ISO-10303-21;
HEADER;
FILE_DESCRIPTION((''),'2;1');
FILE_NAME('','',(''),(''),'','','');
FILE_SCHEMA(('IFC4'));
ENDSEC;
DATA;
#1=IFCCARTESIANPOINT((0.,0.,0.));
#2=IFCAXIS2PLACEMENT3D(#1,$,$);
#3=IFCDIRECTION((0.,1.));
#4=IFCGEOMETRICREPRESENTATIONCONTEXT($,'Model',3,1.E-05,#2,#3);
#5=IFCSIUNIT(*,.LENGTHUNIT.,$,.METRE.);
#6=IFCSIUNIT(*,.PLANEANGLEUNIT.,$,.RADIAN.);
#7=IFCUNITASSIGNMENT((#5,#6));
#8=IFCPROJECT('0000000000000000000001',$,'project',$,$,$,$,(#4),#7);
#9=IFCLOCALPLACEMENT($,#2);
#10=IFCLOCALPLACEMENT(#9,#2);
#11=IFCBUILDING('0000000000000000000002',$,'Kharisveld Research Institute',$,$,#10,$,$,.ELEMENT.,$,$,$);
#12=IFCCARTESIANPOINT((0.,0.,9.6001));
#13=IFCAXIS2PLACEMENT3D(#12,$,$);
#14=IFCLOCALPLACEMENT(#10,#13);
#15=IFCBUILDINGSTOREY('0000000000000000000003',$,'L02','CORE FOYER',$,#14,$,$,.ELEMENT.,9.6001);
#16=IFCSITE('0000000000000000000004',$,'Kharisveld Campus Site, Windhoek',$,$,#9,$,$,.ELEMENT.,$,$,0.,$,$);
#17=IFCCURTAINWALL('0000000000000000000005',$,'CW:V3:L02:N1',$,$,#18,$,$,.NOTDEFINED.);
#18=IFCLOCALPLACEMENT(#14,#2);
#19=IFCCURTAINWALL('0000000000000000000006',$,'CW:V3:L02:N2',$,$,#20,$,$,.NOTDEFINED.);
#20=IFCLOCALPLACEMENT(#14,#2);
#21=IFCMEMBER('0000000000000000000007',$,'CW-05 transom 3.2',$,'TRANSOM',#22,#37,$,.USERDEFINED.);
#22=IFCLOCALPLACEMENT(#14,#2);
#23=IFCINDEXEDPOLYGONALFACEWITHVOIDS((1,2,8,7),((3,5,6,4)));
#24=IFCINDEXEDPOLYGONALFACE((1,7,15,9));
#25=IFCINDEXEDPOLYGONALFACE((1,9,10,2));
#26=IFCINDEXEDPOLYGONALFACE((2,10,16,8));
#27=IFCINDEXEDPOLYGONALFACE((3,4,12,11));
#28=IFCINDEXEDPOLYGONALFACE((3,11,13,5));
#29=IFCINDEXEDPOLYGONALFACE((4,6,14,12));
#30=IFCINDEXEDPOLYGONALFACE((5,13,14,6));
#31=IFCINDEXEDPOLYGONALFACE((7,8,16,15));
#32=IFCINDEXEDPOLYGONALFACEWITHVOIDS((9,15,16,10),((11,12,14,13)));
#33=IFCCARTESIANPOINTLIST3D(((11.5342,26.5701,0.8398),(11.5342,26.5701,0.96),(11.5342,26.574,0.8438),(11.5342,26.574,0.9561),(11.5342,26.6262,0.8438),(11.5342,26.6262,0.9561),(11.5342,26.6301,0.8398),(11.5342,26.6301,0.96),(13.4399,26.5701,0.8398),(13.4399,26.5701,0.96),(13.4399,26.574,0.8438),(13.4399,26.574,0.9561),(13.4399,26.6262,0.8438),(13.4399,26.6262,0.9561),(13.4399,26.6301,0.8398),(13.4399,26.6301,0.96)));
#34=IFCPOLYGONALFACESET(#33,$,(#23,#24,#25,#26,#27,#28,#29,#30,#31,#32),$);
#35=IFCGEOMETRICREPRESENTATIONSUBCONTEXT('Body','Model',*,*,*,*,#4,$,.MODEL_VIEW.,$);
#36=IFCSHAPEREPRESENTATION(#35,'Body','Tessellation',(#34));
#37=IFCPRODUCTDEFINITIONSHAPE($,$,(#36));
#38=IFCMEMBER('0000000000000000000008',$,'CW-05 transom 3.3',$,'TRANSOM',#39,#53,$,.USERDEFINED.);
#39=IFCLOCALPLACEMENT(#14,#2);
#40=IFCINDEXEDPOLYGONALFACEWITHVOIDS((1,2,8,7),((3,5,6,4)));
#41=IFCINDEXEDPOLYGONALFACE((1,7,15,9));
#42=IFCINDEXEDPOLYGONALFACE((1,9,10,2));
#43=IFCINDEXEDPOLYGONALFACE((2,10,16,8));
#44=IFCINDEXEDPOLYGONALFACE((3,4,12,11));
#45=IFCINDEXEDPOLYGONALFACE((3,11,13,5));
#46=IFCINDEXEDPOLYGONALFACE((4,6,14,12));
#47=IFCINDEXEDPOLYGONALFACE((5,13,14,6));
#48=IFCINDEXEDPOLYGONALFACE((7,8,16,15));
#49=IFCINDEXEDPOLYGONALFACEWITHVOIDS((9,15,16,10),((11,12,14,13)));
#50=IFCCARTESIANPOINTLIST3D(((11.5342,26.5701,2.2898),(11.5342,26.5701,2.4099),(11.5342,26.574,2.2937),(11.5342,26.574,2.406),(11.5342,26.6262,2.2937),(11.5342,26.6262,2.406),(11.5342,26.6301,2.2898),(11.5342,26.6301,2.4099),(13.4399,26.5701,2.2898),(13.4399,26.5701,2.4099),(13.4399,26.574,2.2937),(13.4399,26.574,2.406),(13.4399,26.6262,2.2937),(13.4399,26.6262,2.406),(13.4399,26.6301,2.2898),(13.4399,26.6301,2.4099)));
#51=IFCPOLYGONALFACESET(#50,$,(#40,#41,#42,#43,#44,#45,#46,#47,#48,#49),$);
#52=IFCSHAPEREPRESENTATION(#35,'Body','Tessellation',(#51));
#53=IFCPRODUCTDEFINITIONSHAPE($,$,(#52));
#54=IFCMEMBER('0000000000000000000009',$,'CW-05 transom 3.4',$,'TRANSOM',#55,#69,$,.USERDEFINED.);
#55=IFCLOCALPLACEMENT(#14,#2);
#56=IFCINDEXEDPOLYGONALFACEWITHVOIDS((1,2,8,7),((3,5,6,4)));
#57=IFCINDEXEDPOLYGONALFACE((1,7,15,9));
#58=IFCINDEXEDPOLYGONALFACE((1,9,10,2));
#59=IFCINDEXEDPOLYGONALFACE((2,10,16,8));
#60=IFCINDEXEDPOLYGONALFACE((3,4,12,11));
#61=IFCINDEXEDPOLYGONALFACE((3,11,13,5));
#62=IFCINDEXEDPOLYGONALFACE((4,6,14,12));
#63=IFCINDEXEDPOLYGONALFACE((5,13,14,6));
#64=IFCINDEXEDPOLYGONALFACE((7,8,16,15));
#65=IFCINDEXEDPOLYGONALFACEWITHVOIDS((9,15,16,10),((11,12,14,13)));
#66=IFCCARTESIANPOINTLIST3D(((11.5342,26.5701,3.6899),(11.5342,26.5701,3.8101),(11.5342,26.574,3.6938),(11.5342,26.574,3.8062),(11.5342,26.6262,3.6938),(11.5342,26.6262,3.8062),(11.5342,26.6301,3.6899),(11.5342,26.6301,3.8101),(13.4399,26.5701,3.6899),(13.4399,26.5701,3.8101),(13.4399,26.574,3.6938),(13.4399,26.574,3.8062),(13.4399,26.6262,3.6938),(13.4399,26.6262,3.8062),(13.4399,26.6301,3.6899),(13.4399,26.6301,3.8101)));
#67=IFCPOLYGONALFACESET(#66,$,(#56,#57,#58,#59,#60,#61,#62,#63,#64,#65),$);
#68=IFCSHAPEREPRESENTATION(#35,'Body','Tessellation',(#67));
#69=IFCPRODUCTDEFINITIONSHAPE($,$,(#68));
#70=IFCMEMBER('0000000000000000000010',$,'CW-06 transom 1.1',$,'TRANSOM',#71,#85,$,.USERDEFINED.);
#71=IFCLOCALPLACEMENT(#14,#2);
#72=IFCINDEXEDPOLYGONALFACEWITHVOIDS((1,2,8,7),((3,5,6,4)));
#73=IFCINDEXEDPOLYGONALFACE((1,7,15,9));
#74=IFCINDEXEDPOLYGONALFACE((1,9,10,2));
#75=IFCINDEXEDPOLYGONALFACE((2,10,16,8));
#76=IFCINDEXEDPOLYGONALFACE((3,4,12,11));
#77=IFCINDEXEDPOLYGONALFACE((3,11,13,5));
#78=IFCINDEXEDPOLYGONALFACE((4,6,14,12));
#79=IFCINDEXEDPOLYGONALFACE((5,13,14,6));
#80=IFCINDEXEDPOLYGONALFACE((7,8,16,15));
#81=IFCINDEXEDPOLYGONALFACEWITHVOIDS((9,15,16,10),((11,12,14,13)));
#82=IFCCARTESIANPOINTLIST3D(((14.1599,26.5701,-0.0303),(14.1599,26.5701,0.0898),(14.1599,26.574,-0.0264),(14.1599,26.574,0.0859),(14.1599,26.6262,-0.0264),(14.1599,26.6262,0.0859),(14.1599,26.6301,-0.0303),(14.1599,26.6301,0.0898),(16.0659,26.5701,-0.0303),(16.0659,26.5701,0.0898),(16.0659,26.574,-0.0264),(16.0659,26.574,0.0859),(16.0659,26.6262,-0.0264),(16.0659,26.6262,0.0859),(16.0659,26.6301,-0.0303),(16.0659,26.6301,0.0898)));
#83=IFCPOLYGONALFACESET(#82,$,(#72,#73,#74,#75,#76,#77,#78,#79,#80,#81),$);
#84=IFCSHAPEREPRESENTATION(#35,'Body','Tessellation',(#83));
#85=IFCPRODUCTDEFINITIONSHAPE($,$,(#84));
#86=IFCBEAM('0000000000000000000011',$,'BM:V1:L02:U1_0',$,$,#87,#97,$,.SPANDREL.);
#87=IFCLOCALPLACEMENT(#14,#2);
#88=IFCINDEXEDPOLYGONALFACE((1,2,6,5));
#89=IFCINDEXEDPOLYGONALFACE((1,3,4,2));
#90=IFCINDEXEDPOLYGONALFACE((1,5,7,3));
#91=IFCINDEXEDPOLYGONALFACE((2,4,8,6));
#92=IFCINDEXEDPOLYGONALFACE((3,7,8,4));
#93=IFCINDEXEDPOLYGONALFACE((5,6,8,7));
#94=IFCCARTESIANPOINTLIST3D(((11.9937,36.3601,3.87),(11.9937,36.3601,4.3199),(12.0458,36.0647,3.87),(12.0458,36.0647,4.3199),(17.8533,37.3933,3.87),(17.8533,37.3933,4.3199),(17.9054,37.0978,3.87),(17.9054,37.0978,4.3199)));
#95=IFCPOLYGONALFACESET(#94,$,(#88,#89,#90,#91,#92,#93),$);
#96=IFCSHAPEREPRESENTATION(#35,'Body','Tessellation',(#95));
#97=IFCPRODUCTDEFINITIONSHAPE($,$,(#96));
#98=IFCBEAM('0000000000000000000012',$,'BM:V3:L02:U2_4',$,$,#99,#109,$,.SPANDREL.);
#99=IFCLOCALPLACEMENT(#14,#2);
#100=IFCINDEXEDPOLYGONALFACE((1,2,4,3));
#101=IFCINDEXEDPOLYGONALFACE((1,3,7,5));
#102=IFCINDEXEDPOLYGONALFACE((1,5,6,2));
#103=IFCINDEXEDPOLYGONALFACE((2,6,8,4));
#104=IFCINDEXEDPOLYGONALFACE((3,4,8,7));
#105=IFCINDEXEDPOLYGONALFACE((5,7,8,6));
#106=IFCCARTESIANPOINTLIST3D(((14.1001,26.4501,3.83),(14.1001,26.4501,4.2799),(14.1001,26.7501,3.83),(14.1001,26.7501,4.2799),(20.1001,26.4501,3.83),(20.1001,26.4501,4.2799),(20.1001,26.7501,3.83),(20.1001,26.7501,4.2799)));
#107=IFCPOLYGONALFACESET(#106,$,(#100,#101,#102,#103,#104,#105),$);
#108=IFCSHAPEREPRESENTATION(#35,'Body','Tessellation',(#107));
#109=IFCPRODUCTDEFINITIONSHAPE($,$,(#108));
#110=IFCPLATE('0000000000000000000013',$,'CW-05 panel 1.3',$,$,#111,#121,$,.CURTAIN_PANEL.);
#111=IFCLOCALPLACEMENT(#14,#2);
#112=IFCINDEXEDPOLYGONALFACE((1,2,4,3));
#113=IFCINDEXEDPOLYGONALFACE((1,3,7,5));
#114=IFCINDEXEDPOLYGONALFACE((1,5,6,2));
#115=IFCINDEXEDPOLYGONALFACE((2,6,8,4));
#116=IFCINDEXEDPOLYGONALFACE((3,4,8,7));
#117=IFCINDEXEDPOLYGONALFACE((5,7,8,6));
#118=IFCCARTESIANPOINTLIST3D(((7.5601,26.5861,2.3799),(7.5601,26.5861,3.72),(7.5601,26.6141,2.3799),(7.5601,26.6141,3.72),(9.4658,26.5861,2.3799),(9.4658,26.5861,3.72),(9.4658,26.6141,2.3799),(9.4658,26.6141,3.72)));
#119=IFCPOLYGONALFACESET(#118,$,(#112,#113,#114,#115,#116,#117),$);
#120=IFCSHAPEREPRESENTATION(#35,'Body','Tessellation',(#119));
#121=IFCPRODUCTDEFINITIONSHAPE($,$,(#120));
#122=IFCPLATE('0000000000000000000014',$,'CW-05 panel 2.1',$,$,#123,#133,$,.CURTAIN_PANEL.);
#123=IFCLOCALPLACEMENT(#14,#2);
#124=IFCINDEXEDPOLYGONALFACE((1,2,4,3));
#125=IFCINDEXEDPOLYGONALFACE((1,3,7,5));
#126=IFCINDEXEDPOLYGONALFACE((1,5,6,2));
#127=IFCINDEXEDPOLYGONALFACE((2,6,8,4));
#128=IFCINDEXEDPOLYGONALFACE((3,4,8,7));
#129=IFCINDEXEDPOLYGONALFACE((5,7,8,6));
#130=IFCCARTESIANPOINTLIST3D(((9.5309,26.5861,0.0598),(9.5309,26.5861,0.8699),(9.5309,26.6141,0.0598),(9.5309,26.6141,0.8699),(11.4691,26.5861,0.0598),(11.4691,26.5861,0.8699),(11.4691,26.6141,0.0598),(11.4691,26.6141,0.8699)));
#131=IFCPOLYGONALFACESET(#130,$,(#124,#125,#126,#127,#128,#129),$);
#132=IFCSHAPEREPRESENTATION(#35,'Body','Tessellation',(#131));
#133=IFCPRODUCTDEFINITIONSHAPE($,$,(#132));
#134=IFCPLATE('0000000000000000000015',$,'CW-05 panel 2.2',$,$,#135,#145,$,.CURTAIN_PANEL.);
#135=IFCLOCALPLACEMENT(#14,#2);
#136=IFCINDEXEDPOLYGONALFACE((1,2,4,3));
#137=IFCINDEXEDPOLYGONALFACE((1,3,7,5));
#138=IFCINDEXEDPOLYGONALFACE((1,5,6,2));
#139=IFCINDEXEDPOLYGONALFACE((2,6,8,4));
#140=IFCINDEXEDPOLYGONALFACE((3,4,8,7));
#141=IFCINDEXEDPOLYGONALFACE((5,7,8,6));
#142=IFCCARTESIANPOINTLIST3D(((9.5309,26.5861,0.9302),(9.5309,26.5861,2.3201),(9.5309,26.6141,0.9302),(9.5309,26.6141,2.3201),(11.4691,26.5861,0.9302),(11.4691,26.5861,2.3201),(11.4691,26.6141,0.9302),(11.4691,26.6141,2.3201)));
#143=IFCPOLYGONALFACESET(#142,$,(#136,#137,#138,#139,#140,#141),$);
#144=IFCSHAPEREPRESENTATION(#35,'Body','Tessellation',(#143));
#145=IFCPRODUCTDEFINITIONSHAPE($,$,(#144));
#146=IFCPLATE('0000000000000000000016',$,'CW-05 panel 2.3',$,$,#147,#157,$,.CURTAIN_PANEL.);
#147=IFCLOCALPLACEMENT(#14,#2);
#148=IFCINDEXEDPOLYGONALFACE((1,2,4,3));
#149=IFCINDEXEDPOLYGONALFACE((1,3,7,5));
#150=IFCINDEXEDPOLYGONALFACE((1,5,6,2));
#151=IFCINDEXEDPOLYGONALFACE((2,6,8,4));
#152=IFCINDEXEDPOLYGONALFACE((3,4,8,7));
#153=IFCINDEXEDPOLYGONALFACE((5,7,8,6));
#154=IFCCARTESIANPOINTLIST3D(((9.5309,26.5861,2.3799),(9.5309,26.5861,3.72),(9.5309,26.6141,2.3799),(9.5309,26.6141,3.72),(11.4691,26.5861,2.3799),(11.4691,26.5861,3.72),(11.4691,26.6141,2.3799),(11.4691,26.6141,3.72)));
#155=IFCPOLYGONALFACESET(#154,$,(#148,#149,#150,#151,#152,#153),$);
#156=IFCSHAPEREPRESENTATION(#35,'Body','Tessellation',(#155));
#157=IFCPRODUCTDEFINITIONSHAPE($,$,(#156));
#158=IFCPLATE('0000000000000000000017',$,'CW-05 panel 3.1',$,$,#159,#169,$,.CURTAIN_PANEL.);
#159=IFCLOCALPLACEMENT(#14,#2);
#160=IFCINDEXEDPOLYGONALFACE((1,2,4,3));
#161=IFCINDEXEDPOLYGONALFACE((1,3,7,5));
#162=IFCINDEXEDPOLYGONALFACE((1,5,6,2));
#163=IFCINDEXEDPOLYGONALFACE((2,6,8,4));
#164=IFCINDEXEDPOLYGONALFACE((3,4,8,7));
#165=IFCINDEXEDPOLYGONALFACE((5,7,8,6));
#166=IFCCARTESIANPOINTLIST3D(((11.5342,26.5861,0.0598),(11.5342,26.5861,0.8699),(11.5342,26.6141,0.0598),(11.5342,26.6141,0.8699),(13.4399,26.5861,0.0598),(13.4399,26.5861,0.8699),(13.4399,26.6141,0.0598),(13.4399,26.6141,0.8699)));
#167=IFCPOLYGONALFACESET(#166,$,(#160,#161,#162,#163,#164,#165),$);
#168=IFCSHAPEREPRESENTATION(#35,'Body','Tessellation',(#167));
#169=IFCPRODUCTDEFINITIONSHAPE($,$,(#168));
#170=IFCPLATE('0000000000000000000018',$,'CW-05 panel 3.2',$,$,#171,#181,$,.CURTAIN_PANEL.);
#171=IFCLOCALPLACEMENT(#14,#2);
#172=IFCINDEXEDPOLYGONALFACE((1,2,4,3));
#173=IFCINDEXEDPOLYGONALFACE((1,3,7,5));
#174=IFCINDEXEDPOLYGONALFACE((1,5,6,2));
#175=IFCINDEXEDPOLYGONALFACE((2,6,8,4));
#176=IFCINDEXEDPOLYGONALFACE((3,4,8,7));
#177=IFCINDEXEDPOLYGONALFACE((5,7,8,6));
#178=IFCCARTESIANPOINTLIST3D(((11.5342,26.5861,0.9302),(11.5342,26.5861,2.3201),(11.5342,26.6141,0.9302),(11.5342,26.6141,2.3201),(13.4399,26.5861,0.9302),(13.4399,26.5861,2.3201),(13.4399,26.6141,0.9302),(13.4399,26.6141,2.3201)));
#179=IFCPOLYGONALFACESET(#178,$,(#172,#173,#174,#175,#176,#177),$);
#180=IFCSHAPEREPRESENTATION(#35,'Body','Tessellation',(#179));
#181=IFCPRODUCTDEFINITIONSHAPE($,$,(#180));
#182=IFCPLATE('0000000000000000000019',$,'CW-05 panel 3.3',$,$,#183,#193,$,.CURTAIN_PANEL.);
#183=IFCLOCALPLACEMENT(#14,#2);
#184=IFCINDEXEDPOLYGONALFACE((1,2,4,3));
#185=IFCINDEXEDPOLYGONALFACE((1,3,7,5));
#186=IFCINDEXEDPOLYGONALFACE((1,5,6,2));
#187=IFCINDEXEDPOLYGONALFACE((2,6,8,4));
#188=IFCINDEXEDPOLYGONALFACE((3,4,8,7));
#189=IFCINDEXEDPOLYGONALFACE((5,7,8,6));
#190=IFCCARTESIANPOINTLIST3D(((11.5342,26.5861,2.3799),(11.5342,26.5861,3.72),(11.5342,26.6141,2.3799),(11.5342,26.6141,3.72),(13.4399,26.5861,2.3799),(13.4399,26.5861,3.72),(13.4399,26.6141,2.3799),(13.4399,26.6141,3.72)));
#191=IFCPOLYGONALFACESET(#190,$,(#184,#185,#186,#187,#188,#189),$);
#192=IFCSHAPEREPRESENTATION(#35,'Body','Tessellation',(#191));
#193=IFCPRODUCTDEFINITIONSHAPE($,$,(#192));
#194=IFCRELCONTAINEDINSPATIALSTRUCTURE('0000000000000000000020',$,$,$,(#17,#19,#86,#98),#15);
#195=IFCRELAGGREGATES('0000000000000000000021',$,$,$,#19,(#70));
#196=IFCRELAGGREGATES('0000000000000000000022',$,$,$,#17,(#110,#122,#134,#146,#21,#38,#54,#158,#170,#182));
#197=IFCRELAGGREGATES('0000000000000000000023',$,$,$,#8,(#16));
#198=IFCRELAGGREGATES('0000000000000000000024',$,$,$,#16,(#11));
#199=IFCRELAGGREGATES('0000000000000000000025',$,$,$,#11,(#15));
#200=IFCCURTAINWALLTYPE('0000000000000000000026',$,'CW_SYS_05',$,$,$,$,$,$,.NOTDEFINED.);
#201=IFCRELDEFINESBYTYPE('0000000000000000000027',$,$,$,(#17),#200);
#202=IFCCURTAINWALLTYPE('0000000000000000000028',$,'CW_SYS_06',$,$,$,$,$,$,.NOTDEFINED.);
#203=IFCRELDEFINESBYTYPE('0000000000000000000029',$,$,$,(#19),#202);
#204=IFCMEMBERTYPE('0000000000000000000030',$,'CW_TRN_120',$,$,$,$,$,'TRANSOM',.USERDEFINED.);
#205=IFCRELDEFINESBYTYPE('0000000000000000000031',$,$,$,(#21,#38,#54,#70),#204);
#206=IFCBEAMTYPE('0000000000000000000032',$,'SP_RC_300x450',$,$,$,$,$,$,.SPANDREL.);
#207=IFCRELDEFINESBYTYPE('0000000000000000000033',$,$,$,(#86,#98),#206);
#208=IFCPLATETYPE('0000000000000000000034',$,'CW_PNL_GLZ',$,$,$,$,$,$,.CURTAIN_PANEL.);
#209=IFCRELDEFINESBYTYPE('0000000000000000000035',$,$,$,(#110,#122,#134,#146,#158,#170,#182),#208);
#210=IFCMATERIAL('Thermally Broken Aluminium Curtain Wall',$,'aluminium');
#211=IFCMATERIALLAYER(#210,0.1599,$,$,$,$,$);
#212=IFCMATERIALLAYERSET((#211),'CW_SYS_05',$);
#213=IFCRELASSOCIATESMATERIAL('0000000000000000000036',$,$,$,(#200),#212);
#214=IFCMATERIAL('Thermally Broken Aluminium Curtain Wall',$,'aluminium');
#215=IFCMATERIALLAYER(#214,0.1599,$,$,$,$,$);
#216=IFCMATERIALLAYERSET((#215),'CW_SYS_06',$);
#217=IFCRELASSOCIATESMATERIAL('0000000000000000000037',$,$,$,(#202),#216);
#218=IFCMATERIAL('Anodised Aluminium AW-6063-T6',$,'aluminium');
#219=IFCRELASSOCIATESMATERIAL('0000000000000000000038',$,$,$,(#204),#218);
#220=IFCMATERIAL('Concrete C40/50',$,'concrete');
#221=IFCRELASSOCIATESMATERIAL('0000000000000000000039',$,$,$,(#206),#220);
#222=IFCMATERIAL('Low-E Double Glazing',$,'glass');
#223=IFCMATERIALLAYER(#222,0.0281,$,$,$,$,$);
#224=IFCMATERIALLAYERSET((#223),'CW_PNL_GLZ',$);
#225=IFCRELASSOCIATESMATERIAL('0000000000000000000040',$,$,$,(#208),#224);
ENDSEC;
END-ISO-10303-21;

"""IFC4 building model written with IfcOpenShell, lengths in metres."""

from ifc_helpers import new_model, si_unit, direction, frame, origin, origin_2d, place, context, subcontext, project, spatial, rectangle, hollow_rectangle, extrude, material, layer, layer_set, material_profile, profile_set, type_object, element, aggregate, save


model = new_model("IFC4")

# Units and contexts
model_context = context("Model", 3, precision=1e-05, world=origin(), true_north=direction((0.0, 1.0)))
body_context = subcontext(model_context, "Body", "Model", "MODEL_VIEW")
ifc_project = project(units=[si_unit("LENGTHUNIT", "METRE"), si_unit("PLANEANGLEUNIT", "RADIAN")], contexts=[model_context])

# Site, building, storey
site_placement = place(None, origin())
site = spatial("IfcSite", under=ifc_project, at=site_placement, Name="Kharisveld Campus Site, Windhoek", CompositionType="ELEMENT", RefElevation=0.0)
building_placement = place(site_placement, origin())
building = spatial("IfcBuilding", under=site, at=building_placement, Name="Kharisveld Research Institute", CompositionType="ELEMENT")
storey_placement = place(building_placement, frame((0.0, 0.0, 9.6001)))
storey = spatial("IfcBuildingStorey", under=building, at=storey_placement, Name="L02", Description="CORE FOYER", CompositionType="ELEMENT", Elevation=9.6001)

# Curtain wall
ifc_material_1 = material(Name="Thermally Broken Aluminium Curtain Wall", Category="aluminium")
ifc_layer_1 = layer(ifc_material_1, 0.1599)
ifc_layer_set_1 = layer_set([ifc_layer_1], Name="CW_SYS_05")
curtain_wall_type_1 = type_object("IfcCurtainWallType", Name="CW_SYS_05", PredefinedType="NOTDEFINED", material=ifc_layer_set_1)
curtain_wall_1_placement = place(storey_placement, origin())
curtain_wall_1 = element("IfcCurtainWall", 1, at=curtain_wall_1_placement, inside=storey, type_object=curtain_wall_type_1, Name="CW:V3:L02:N1", PredefinedType="NOTDEFINED")

# Curtain wall
ifc_material_2 = material(Name="Thermally Broken Aluminium Curtain Wall", Category="aluminium")
ifc_layer_2 = layer(ifc_material_2, 0.1599)
ifc_layer_set_2 = layer_set([ifc_layer_2], Name="CW_SYS_06")
curtain_wall_type_2 = type_object("IfcCurtainWallType", Name="CW_SYS_06", PredefinedType="NOTDEFINED", material=ifc_layer_set_2)
curtain_wall_2_placement = place(storey_placement, origin())
curtain_wall_2 = element("IfcCurtainWall", 2, at=curtain_wall_2_placement, inside=storey, type_object=curtain_wall_type_2, Name="CW:V3:L02:N2", PredefinedType="NOTDEFINED")

# Members
ifc_material_3 = material(Name="Anodised Aluminium AW-6063-T6", Category="aluminium")
ifc_material_profile_1 = material_profile(ifc_material_3, hollow_rectangle(XDim=0.0601, YDim=0.1201, WallThickness=0.0039, at=origin_2d()))
ifc_profile_set_1 = profile_set([ifc_material_profile_1], Name="Anodised Aluminium AW-6063-T6")
member_type_1 = type_object("IfcMemberType", Name="CW_TRN_120", ElementType="TRANSOM", PredefinedType="USERDEFINED", material=ifc_profile_set_1)
member_1_placement = place(storey_placement, frame((11.5342, 26.6001, 0.8999), z_axis=(1.0, 0.0, 0.0), x_axis=(0.0, 1.0, 0.0)))
member_1 = element("IfcMember", 3, at=member_1_placement, type_object=member_type_1, Name="CW-05 transom 3.2", ObjectType="TRANSOM", PredefinedType="USERDEFINED", context=body_context, shape_type="SweptSolid", body=[
    extrude(hollow_rectangle(XDim=0.0601, YDim=0.1201, WallThickness=0.0039, at=origin_2d()), origin(), (0.0, 0.0, 1.0), 1.9058),
])
member_2_placement = place(storey_placement, frame((11.5342, 26.6001, 2.3499), z_axis=(1.0, 0.0, 0.0), x_axis=(0.0, 1.0, 0.0)))
member_2 = element("IfcMember", 4, at=member_2_placement, type_object=member_type_1, Name="CW-05 transom 3.3", ObjectType="TRANSOM", PredefinedType="USERDEFINED", context=body_context, shape_type="SweptSolid", body=[
    extrude(hollow_rectangle(XDim=0.0601, YDim=0.1201, WallThickness=0.0039, at=origin_2d()), origin(), (0.0, 0.0, 1.0), 1.9058),
])
member_3_placement = place(storey_placement, frame((11.5342, 26.6001, 3.75), z_axis=(1.0, 0.0, 0.0), x_axis=(0.0, 1.0, 0.0)))
member_3 = element("IfcMember", 5, at=member_3_placement, type_object=member_type_1, Name="CW-05 transom 3.4", ObjectType="TRANSOM", PredefinedType="USERDEFINED", context=body_context, shape_type="SweptSolid", body=[
    extrude(hollow_rectangle(XDim=0.0601, YDim=0.1201, WallThickness=0.0039, at=origin_2d()), origin(), (0.0, 0.0, 1.0), 1.9058),
])
member_4_placement = place(storey_placement, frame((14.1599, 26.6001, 0.0298), z_axis=(1.0, 0.0, 0.0), x_axis=(0.0, 1.0, 0.0)))
member_4 = element("IfcMember", 6, at=member_4_placement, type_object=member_type_1, Name="CW-06 transom 1.1", ObjectType="TRANSOM", PredefinedType="USERDEFINED", context=body_context, shape_type="SweptSolid", body=[
    extrude(hollow_rectangle(XDim=0.0601, YDim=0.1201, WallThickness=0.0039, at=origin_2d()), origin(), (0.0, 0.0, 1.0), 1.906),
])
aggregate(curtain_wall_2, [member_4])

# Beams
ifc_material_4 = material(Name="Concrete C40/50", Category="concrete")
ifc_material_profile_2 = material_profile(ifc_material_4, rectangle(XDim=0.3, YDim=0.45, at=origin_2d()))
ifc_profile_set_2 = profile_set([ifc_material_profile_2], Name="Concrete C40/50")
beam_type = type_object("IfcBeamType", Name="SP_RC_300x450", PredefinedType="SPANDREL", material=ifc_profile_set_2)
beam_1_placement = place(storey_placement, frame((12.0198, 36.2124, 4.095), z_axis=(0.984808, 0.173647, 0.0), x_axis=(-0.173647, 0.984808, 0.0)))
element("IfcBeam", 7, at=beam_1_placement, inside=storey, type_object=beam_type, Name="BM:V1:L02:U1_0", PredefinedType="SPANDREL", context=body_context, shape_type="SweptSolid", body=[
    extrude(rectangle(XDim=0.3, YDim=0.45, at=origin_2d()), origin(), (0.0, 0.0, 1.0), 5.95),
])
beam_2_placement = place(storey_placement, frame((14.1001, 26.6001, 4.0549), z_axis=(1.0, 0.0, 0.0), x_axis=(0.0, 1.0, 0.0)))
element("IfcBeam", 8, at=beam_2_placement, inside=storey, type_object=beam_type, Name="BM:V3:L02:U2_4", PredefinedType="SPANDREL", context=body_context, shape_type="SweptSolid", body=[
    extrude(rectangle(XDim=0.3, YDim=0.45, at=origin_2d()), origin(), (0.0, 0.0, 1.0), 6.0),
])

# Plates
ifc_material_5 = material(Name="Low-E Double Glazing", Category="glass")
ifc_layer_3 = layer(ifc_material_5, 0.0281)
ifc_layer_set_3 = layer_set([ifc_layer_3], Name="CW_PNL_GLZ")
plate_type_1 = type_object("IfcPlateType", Name="CW_PNL_GLZ", PredefinedType="CURTAIN_PANEL", material=ifc_layer_set_3)
plate_1_placement = place(storey_placement, frame((8.5129, 26.6001, 2.3799), z_axis=(0.0, 0.0, 1.0), x_axis=(1.0, 0.0, 0.0)))
plate_1 = element("IfcPlate", 9, at=plate_1_placement, type_object=plate_type_1, Name="CW-05 panel 1.3", PredefinedType="CURTAIN_PANEL", context=body_context, shape_type="SweptSolid", body=[
    extrude(rectangle(XDim=1.9058, YDim=0.0281, at=origin_2d()), origin(), (0.0, 0.0, 1.0), 1.3401),
])
plate_2_placement = place(storey_placement, frame((10.5, 26.6001, 0.0598), z_axis=(0.0, 0.0, 1.0), x_axis=(1.0, 0.0, 0.0)))
plate_2 = element("IfcPlate", 10, at=plate_2_placement, type_object=plate_type_1, Name="CW-05 panel 2.1", PredefinedType="CURTAIN_PANEL", context=body_context, shape_type="SweptSolid", body=[
    extrude(rectangle(XDim=1.9382, YDim=0.0281, at=origin_2d()), origin(), (0.0, 0.0, 1.0), 0.8101),
])
plate_3_placement = place(storey_placement, frame((10.5, 26.6001, 0.9302), z_axis=(0.0, 0.0, 1.0), x_axis=(1.0, 0.0, 0.0)))
plate_3 = element("IfcPlate", 11, at=plate_3_placement, type_object=plate_type_1, Name="CW-05 panel 2.2", PredefinedType="CURTAIN_PANEL", context=body_context, shape_type="SweptSolid", body=[
    extrude(rectangle(XDim=1.9382, YDim=0.0281, at=origin_2d()), origin(), (0.0, 0.0, 1.0), 1.3899),
])
plate_4_placement = place(storey_placement, frame((10.5, 26.6001, 2.3799), z_axis=(0.0, 0.0, 1.0), x_axis=(1.0, 0.0, 0.0)))
plate_4 = element("IfcPlate", 12, at=plate_4_placement, type_object=plate_type_1, Name="CW-05 panel 2.3", PredefinedType="CURTAIN_PANEL", context=body_context, shape_type="SweptSolid", body=[
    extrude(rectangle(XDim=1.9382, YDim=0.0281, at=origin_2d()), origin(), (0.0, 0.0, 1.0), 1.3401),
])
plate_5_placement = place(storey_placement, frame((12.4871, 26.6001, 0.0598), z_axis=(0.0, 0.0, 1.0), x_axis=(1.0, 0.0, 0.0)))
plate_5 = element("IfcPlate", 13, at=plate_5_placement, type_object=plate_type_1, Name="CW-05 panel 3.1", PredefinedType="CURTAIN_PANEL", context=body_context, shape_type="SweptSolid", body=[
    extrude(rectangle(XDim=1.9058, YDim=0.0281, at=origin_2d()), origin(), (0.0, 0.0, 1.0), 0.8101),
])
plate_6_placement = place(storey_placement, frame((12.4871, 26.6001, 0.9302), z_axis=(0.0, 0.0, 1.0), x_axis=(1.0, 0.0, 0.0)))
plate_6 = element("IfcPlate", 14, at=plate_6_placement, type_object=plate_type_1, Name="CW-05 panel 3.2", PredefinedType="CURTAIN_PANEL", context=body_context, shape_type="SweptSolid", body=[
    extrude(rectangle(XDim=1.9058, YDim=0.0281, at=origin_2d()), origin(), (0.0, 0.0, 1.0), 1.3899),
])
plate_7_placement = place(storey_placement, frame((12.4871, 26.6001, 2.3799), z_axis=(0.0, 0.0, 1.0), x_axis=(1.0, 0.0, 0.0)))
plate_7 = element("IfcPlate", 15, at=plate_7_placement, type_object=plate_type_1, Name="CW-05 panel 3.3", PredefinedType="CURTAIN_PANEL", context=body_context, shape_type="SweptSolid", body=[
    extrude(rectangle(XDim=1.9058, YDim=0.0281, at=origin_2d()), origin(), (0.0, 0.0, 1.0), 1.3401),
])
aggregate(curtain_wall_1, [plate_1, plate_2, plate_3, plate_4, member_1, member_2, member_3, plate_5, plate_6, plate_7])

save(model, "model.ifc")
